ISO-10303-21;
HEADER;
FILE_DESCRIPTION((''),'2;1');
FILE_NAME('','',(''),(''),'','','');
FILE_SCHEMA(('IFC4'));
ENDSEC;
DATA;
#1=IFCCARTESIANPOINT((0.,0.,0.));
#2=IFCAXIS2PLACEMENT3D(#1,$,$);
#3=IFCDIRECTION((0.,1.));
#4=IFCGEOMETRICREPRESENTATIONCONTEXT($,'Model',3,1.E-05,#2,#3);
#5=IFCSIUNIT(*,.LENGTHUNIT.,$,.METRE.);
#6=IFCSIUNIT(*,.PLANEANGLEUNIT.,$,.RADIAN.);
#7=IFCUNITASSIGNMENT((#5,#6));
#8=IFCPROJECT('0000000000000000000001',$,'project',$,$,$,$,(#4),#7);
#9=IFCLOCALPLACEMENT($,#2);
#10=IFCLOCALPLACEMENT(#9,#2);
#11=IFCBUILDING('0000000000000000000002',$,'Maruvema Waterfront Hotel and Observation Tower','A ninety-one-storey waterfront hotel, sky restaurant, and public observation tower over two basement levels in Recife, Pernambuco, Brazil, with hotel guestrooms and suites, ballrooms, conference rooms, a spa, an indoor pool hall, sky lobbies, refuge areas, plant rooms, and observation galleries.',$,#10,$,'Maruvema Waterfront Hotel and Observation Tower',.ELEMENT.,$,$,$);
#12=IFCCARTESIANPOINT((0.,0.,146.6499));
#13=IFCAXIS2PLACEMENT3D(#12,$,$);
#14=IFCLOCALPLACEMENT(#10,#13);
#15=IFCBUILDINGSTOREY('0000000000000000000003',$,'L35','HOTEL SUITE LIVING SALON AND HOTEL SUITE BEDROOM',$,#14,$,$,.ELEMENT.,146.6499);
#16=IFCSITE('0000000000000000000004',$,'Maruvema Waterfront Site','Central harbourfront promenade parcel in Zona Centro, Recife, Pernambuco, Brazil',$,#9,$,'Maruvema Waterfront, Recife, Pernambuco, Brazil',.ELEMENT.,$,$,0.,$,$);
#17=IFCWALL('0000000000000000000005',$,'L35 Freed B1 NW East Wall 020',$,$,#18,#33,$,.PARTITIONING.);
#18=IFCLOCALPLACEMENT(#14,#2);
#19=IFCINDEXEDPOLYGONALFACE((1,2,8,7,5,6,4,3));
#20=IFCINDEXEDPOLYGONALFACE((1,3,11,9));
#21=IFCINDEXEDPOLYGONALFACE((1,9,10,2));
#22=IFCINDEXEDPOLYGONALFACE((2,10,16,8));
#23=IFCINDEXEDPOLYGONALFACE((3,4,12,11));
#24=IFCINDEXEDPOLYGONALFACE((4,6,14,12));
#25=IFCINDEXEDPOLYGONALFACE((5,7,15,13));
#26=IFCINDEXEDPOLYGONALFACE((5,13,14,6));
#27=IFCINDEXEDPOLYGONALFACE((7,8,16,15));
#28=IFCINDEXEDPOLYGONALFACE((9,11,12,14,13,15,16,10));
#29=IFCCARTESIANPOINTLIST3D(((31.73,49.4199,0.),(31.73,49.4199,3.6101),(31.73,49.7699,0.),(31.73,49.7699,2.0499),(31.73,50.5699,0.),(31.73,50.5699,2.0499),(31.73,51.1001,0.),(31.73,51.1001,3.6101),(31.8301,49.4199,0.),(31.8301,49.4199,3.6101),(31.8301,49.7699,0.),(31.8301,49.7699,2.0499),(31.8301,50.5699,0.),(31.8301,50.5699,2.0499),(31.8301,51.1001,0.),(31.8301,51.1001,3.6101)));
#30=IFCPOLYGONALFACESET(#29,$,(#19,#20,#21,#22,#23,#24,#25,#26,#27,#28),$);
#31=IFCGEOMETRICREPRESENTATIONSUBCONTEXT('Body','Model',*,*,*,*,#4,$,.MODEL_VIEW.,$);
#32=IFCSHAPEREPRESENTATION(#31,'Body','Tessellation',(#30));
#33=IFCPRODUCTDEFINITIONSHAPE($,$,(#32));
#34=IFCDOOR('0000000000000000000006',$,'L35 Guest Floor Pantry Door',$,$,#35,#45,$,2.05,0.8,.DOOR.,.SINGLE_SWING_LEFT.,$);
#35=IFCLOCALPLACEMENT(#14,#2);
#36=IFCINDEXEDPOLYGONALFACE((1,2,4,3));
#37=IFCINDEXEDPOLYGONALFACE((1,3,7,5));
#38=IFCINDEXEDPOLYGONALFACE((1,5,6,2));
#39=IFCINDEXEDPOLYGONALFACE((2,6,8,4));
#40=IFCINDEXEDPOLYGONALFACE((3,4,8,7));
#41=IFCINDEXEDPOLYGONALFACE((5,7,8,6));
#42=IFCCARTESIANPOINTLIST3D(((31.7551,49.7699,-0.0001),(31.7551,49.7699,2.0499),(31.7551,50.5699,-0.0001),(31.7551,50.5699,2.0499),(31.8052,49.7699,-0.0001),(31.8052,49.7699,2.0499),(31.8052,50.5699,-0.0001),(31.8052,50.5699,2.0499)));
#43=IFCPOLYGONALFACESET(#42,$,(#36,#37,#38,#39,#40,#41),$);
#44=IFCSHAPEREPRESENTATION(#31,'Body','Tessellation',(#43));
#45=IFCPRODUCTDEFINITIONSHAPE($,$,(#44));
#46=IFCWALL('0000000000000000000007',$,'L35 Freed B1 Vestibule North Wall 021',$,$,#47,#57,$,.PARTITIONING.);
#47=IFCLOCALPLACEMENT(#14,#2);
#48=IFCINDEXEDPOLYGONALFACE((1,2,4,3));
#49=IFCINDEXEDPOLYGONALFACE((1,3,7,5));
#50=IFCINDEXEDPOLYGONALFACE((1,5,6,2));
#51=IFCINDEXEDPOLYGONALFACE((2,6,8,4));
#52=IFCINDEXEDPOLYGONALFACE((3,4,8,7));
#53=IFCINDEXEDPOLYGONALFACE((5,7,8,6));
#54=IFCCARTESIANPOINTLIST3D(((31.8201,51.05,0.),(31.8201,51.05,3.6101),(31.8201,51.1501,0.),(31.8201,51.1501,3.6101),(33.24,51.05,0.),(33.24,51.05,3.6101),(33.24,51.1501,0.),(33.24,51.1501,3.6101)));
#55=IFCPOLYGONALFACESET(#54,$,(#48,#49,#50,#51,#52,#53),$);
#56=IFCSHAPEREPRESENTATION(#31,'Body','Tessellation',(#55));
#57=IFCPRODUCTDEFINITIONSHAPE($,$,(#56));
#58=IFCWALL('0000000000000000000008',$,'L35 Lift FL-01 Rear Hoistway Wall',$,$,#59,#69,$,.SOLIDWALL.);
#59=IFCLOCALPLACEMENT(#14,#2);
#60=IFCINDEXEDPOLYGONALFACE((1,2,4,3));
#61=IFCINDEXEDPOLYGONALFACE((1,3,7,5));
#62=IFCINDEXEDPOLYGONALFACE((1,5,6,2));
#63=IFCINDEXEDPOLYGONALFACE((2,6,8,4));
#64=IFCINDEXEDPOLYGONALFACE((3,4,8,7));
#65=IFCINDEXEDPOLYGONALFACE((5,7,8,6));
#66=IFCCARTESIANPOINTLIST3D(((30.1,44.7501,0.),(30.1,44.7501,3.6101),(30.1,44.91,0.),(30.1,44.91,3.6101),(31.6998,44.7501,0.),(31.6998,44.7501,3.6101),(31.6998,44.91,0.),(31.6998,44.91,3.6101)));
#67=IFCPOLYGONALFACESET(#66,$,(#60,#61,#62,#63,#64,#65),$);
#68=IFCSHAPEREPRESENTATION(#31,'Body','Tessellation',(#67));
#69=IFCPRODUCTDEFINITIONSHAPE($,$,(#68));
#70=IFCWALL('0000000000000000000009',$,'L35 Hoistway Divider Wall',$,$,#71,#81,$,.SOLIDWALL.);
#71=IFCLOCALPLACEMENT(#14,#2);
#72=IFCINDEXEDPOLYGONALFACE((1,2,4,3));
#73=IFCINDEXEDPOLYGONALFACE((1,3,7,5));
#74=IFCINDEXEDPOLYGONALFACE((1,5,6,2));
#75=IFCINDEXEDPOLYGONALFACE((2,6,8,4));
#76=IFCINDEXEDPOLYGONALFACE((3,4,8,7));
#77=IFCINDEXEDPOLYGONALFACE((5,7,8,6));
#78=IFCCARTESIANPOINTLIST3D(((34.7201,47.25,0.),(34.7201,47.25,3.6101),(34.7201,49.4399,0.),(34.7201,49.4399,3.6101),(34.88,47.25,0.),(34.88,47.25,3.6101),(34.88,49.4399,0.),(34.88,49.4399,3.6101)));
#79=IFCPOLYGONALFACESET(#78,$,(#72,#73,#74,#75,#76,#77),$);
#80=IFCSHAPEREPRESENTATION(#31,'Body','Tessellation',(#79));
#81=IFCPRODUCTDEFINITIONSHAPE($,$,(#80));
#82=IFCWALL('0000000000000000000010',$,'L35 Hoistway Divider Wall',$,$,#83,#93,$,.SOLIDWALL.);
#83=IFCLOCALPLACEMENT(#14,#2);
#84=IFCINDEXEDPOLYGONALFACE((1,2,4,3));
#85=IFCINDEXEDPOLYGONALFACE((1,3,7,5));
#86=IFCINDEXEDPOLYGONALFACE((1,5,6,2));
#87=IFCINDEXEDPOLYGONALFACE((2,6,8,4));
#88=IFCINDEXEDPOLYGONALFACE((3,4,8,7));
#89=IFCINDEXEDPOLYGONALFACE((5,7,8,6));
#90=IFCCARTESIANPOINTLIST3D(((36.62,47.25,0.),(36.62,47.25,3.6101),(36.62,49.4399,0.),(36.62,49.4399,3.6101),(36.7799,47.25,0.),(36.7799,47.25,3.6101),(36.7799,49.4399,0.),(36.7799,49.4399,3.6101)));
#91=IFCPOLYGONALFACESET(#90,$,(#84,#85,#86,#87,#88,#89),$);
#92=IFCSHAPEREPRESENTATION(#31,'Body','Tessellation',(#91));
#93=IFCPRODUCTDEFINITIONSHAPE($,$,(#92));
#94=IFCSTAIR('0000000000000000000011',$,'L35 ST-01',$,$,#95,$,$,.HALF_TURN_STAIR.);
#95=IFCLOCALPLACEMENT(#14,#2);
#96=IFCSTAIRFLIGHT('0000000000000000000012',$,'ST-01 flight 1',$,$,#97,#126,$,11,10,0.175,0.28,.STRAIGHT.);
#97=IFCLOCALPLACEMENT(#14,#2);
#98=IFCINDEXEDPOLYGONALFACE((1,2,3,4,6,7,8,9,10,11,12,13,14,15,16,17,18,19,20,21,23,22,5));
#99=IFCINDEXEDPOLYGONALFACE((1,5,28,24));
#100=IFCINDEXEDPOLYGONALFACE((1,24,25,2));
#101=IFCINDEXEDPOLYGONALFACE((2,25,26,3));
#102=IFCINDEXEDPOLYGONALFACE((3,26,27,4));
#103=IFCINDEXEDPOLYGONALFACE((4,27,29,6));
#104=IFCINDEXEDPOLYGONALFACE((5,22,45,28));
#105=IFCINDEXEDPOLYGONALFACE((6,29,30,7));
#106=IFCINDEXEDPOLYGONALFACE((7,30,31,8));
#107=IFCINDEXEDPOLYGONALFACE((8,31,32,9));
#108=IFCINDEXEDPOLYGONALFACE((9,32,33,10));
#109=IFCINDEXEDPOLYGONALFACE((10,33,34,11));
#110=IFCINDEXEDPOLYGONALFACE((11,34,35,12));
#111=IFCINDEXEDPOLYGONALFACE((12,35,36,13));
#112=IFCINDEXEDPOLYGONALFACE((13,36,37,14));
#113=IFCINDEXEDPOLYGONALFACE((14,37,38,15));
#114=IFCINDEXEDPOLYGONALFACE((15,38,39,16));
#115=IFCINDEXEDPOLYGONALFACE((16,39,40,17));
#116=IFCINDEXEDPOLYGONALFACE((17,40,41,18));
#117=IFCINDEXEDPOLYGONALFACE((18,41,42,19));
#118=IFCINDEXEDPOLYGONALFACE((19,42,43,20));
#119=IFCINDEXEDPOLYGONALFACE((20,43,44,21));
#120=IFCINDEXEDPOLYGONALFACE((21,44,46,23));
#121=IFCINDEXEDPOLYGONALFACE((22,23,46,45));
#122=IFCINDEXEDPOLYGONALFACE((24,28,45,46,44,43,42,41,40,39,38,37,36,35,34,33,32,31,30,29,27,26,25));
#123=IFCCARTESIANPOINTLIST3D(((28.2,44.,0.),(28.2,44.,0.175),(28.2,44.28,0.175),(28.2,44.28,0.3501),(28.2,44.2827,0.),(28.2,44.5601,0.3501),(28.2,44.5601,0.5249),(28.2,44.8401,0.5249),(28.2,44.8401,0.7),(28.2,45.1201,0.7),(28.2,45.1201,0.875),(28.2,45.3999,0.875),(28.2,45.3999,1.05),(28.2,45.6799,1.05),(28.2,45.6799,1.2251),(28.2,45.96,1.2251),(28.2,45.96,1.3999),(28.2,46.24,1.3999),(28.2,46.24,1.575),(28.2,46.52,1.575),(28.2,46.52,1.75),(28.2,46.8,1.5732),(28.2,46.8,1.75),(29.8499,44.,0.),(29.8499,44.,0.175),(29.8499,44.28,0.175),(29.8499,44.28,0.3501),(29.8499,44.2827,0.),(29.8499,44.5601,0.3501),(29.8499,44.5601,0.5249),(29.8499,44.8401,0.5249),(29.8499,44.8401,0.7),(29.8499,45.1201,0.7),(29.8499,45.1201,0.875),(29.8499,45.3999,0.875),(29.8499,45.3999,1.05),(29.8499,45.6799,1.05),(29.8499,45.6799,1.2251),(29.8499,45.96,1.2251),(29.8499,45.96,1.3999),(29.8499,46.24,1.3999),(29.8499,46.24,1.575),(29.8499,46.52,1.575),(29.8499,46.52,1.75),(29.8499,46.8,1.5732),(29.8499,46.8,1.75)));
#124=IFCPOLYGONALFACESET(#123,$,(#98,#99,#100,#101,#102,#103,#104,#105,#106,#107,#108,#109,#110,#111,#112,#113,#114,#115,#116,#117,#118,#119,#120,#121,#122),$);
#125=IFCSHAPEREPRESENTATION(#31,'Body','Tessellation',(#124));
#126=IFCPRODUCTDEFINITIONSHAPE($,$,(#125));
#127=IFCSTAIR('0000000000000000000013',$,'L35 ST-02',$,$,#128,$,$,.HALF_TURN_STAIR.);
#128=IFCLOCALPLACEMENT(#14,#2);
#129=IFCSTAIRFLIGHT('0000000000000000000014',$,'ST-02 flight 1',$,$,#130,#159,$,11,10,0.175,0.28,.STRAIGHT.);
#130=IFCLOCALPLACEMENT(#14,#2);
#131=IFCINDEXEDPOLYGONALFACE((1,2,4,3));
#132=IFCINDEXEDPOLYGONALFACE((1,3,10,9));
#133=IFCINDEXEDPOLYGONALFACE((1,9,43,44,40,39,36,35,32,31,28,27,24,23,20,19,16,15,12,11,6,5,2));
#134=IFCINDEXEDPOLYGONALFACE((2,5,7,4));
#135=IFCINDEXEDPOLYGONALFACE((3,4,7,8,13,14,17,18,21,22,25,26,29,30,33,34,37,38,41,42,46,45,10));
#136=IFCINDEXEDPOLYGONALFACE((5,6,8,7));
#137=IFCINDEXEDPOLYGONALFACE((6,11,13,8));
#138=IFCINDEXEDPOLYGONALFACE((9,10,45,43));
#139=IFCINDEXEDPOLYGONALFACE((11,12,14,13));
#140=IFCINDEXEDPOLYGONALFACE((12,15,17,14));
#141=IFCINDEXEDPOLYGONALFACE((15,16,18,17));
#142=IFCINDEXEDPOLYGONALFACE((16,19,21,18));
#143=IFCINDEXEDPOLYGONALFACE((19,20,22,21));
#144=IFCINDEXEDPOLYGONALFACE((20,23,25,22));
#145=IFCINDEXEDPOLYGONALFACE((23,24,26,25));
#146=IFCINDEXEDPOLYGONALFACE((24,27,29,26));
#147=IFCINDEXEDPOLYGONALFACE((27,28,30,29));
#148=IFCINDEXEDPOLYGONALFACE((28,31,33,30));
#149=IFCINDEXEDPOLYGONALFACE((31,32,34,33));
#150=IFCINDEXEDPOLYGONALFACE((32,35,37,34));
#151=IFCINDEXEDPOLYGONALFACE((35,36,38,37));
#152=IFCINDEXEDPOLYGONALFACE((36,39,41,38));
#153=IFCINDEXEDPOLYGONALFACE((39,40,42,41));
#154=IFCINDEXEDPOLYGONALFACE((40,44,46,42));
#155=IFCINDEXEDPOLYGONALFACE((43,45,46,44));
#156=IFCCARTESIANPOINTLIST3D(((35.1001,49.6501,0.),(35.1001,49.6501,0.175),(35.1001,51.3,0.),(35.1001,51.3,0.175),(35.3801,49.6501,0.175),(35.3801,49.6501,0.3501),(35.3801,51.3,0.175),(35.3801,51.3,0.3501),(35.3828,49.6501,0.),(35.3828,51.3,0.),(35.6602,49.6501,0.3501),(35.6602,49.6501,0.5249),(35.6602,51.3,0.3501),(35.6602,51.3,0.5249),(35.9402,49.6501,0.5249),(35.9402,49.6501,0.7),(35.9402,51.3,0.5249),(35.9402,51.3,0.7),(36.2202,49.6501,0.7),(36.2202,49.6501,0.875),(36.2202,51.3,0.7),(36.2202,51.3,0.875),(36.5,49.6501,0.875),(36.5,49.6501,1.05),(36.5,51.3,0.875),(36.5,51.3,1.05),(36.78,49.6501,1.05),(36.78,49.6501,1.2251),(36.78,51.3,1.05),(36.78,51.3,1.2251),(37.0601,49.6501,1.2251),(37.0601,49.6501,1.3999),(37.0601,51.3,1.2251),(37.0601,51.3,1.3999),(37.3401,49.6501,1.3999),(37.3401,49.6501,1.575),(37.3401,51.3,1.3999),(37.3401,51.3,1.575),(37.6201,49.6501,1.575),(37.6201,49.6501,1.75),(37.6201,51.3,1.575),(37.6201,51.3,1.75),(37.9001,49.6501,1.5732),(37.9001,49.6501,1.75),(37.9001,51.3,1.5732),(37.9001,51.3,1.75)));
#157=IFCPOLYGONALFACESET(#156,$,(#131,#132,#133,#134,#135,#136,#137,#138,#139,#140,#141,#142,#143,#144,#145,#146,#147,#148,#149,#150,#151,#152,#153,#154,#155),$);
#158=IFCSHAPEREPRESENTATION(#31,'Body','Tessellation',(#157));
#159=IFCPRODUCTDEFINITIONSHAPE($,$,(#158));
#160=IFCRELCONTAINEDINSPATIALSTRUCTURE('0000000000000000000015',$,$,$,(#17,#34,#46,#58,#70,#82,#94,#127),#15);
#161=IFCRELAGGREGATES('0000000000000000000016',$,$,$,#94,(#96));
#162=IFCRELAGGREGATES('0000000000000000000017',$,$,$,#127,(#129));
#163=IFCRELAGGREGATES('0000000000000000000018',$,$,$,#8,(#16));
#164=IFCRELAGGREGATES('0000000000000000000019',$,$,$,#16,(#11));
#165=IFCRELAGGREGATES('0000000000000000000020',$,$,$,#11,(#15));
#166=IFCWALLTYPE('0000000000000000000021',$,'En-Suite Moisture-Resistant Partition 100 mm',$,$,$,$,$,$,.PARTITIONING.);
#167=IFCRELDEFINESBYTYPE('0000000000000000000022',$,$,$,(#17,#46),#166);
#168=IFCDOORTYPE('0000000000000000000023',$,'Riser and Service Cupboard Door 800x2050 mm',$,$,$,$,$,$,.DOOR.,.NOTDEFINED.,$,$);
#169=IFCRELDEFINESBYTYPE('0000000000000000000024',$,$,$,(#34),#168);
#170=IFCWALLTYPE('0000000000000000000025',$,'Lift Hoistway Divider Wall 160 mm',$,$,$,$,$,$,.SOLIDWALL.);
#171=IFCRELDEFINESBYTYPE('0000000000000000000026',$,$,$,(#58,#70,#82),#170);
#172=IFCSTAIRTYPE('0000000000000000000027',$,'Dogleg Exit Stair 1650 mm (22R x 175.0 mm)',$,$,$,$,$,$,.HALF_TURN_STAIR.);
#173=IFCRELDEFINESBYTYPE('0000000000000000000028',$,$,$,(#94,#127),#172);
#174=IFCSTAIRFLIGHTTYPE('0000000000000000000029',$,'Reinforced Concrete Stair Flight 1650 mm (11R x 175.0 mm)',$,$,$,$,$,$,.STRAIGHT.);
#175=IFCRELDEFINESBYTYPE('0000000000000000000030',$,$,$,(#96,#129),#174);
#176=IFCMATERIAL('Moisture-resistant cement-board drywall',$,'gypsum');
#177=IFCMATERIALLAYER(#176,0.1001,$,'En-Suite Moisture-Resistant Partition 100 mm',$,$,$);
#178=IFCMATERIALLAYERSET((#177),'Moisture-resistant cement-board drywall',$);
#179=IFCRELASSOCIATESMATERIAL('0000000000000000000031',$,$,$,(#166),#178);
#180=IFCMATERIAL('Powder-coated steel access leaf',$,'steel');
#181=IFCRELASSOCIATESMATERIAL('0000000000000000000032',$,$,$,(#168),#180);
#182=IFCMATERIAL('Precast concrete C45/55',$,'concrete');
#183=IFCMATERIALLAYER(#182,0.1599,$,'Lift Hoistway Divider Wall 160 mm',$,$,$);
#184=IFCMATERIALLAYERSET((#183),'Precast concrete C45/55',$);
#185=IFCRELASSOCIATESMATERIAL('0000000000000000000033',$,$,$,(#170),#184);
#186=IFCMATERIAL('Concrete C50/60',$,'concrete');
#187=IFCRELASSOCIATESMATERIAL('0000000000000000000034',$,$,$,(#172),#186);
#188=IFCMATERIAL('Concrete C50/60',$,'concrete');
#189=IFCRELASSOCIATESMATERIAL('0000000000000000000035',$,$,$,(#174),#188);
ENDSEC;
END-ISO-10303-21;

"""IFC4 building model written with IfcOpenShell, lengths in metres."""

from ifc_helpers import new_model, si_unit, direction, frame, frame_2d, origin, place, context, subcontext, project, spatial, polyline, rectangle, outline, extrude, material, layer, layer_set, type_object, element, fill, aggregate, save


model = new_model("IFC4")

# Units and contexts
model_context = context("Model", 3, precision=1e-05, world=origin(), true_north=direction((0.0, 1.0)))
body_context = subcontext(model_context, "Body", "Model", "MODEL_VIEW")
ifc_project = project(units=[si_unit("LENGTHUNIT", "METRE"), si_unit("PLANEANGLEUNIT", "RADIAN")], contexts=[model_context])

# Site, building, storey
site_placement = place(None, origin())
site = spatial("IfcSite", under=ifc_project, at=site_placement, Name="Maruvema Waterfront Site", Description="Central harbourfront promenade parcel in Zona Centro, Recife, Pernambuco, Brazil", LongName="Maruvema Waterfront, Recife, Pernambuco, Brazil", CompositionType="ELEMENT", RefElevation=0.0)
building_placement = place(site_placement, origin())
building = spatial("IfcBuilding", under=site, at=building_placement, Name="Maruvema Waterfront Hotel and Observation Tower", Description="A ninety-one-storey waterfront hotel, sky restaurant, and public observation tower over two basement levels in Recife, Pernambuco, Brazil, with hotel guestrooms and suites, ballrooms, conference rooms, a spa, an indoor pool hall, sky lobbies, refuge areas, plant rooms, and observation galleries.", LongName="Maruvema Waterfront Hotel and Observation Tower", CompositionType="ELEMENT")
storey_placement = place(building_placement, frame((0.0, 0.0, 146.6499)))
storey = spatial("IfcBuildingStorey", under=building, at=storey_placement, Name="L35", Description="HOTEL SUITE LIVING SALON AND HOTEL SUITE BEDROOM", CompositionType="ELEMENT", Elevation=146.6499)

# Shared definitions
ifc_material_1 = material(Name="Moisture-resistant cement-board drywall", Category="gypsum")
ifc_layer_1 = layer(ifc_material_1, 0.1001, Name="En-Suite Moisture-Resistant Partition 100 mm")
ifc_layer_set_1 = layer_set([ifc_layer_1], Name="Moisture-resistant cement-board drywall")
wall_type_1 = type_object("IfcWallType", Name="En-Suite Moisture-Resistant Partition 100 mm", PredefinedType="PARTITIONING", material=ifc_layer_set_1)

# Shared definitions
ifc_material_2 = material(Name="Powder-coated steel access leaf", Category="steel")
door_type_1 = type_object("IfcDoorType", Name="Riser and Service Cupboard Door 800x2050 mm", OperationType="NOTDEFINED", PredefinedType="DOOR", material=ifc_material_2)

# Wall, opening, door
wall_1_placement = place(storey_placement, frame((31.78, 49.4199, 0.0), z_axis=(0.0, 0.0, 1.0), x_axis=(0.0, 1.0, 0.0)))
wall_1 = element("IfcWall", 1, at=wall_1_placement, inside=storey, type_object=wall_type_1, Name="L35 Freed B1 NW East Wall 020", PredefinedType="PARTITIONING", context=body_context, shape_type="SweptSolid", body=[
    extrude(rectangle(XDim=1.6802, YDim=0.1001, at=frame_2d((0.8401, 0.0))), origin(), (0.0, 0.0, 1.0), 3.6101),
])
opening_1_placement = place(wall_1_placement, frame((0.3501, 0.0, 0.0)))
opening_1 = element("IfcOpeningElement", 2, at=opening_1_placement, cuts=wall_1, PredefinedType="OPENING", context=body_context, shape_type="SweptSolid", body=[
    extrude(rectangle(XDim=0.8, YDim=2.05, at=frame_2d((0.3999, 1.0249))), frame((0.0, 0.0601, 0.0), z_axis=(0.0, -1.0, 0.0), x_axis=(1.0, 0.0, 0.0)), (0.0, 0.0, 1.0), 0.1201),
])
door_1_placement = place(opening_1_placement, origin())
door_1 = element("IfcDoor", 3, at=door_1_placement, inside=storey, type_object=door_type_1, Name="L35 Guest Floor Pantry Door", OperationType="SINGLE_SWING_LEFT", OverallHeight=2.05, OverallWidth=0.8, PredefinedType="DOOR", context=body_context, shape_type="SweptSolid", body=[
    extrude(rectangle(XDim=0.8, YDim=2.05, at=frame_2d((0.3999, 1.0249))), frame((0.0, 0.0249, 0.0), z_axis=(0.0, -1.0, 0.0), x_axis=(1.0, 0.0, 0.0)), (0.0, 0.0, 1.0), 0.05),
])
fill(opening_1, door_1)

# Walls
wall_2_placement = place(storey_placement, frame((31.8201, 51.1001, 0.0), z_axis=(0.0, 0.0, 1.0), x_axis=(1.0, 0.0, 0.0)))
element("IfcWall", 4, at=wall_2_placement, inside=storey, type_object=wall_type_1, Name="L35 Freed B1 Vestibule North Wall 021", PredefinedType="PARTITIONING", context=body_context, shape_type="SweptSolid", body=[
    extrude(rectangle(XDim=1.4199, YDim=0.1001, at=frame_2d((0.71, 0.0))), origin(), (0.0, 0.0, 1.0), 3.6101),
])
ifc_material_3 = material(Name="Precast concrete C45/55", Category="concrete")
ifc_layer_2 = layer(ifc_material_3, 0.1599, Name="Lift Hoistway Divider Wall 160 mm")
ifc_layer_set_2 = layer_set([ifc_layer_2], Name="Precast concrete C45/55")
wall_type_2 = type_object("IfcWallType", Name="Lift Hoistway Divider Wall 160 mm", PredefinedType="SOLIDWALL", material=ifc_layer_set_2)
wall_3_placement = place(storey_placement, frame((30.1001, 44.8301, 0.0), z_axis=(0.0, 0.0, 1.0), x_axis=(1.0, 0.0, 0.0)))
element("IfcWall", 5, at=wall_3_placement, inside=storey, type_object=wall_type_2, Name="L35 Lift FL-01 Rear Hoistway Wall", PredefinedType="SOLIDWALL", context=body_context, shape_type="SweptSolid", body=[
    extrude(rectangle(XDim=1.5999, YDim=0.1599, at=frame_2d((0.7998, 0.0))), origin(), (0.0, 0.0, 1.0), 3.6101),
])
for number, where, z_axis, x_axis, name in (
    (6, (34.8, 47.25, 0.0), (0.0, 0.0, 1.0), (0.0, 1.0, 0.0), "L35 Hoistway Divider Wall"),
    (7, (36.7, 47.25, 0.0), (0.0, 0.0, 1.0), (0.0, 1.0, 0.0), "L35 Hoistway Divider Wall"),
):
    element("IfcWall", number, at=place(storey_placement, frame(where, z_axis=z_axis, x_axis=x_axis)), inside=storey, type_object=wall_type_2, Name=name, PredefinedType="SOLIDWALL", context=body_context, shape_type="SweptSolid", body=[
        extrude(rectangle(XDim=2.1899, YDim=0.1599, at=frame_2d((1.095, 0.0))), origin(), (0.0, 0.0, 1.0), 3.6101),
    ])

# Stairs, stair flights
ifc_material_4 = material(Name="Concrete C50/60", Category="concrete")
stair_type = type_object("IfcStairType", Name="Dogleg Exit Stair 1650 mm (22R x 175.0 mm)", PredefinedType="HALF_TURN_STAIR", material=ifc_material_4)
stair_1_placement = place(storey_placement, origin())
stair_1 = element("IfcStair", 8, at=stair_1_placement, inside=storey, type_object=stair_type, Name="L35 ST-01", PredefinedType="HALF_TURN_STAIR")
ifc_material_5 = material(Name="Concrete C50/60", Category="concrete")
stair_flight_type = type_object("IfcStairFlightType", Name="Reinforced Concrete Stair Flight 1650 mm (11R x 175.0 mm)", PredefinedType="STRAIGHT", material=ifc_material_5)
stair_flight_1_placement = place(storey_placement, frame((29.0249, 44.0, 0.0), z_axis=(0.0, 0.0, 1.0), x_axis=(0.0, 1.0, 0.0)))
stair_flight_1 = element("IfcStairFlight", 9, at=stair_flight_1_placement, type_object=stair_flight_type, Name="ST-01 flight 1", NumberOfRisers=11, NumberOfTreads=10, PredefinedType="STRAIGHT", RiserHeight=0.175, TreadLength=0.28, context=body_context, shape_type="SweptSolid", body=[
    extrude(outline(polyline([(0.0, 0.0), (0.0, 0.175), (0.28, 0.175), (0.28, 0.3501), (0.5601, 0.3501), (0.5601, 0.5249), (0.8401, 0.5249), (0.8401, 0.7), (1.1201, 0.7), (1.1201, 0.875), (1.3999, 0.875), (1.3999, 1.05), (1.6799, 1.05), (1.6799, 1.2251), (1.96, 1.2251), (1.96, 1.3999), (2.24, 1.3999), (2.24, 1.575), (2.52, 1.575), (2.52, 1.75), (2.8, 1.75), (2.8, 1.925), (2.8, 1.5732), (0.2827, 0.0), (0.0, 0.0)])), frame((0.0, 0.825, 0.0), z_axis=(0.0, -1.0, 0.0), x_axis=(1.0, 0.0, 0.0)), (0.0, 0.0, 1.0), 1.6499),
])
aggregate(stair_1, [stair_flight_1])
stair_2_placement = place(storey_placement, origin())
stair_2 = element("IfcStair", 10, at=stair_2_placement, inside=storey, type_object=stair_type, Name="L35 ST-02", PredefinedType="HALF_TURN_STAIR")
stair_flight_2_placement = place(storey_placement, frame((35.1001, 50.4751, 0.0), z_axis=(0.0, 0.0, 1.0), x_axis=(1.0, 0.0, 0.0)))
stair_flight_2 = element("IfcStairFlight", 11, at=stair_flight_2_placement, type_object=stair_flight_type, Name="ST-02 flight 1", NumberOfRisers=11, NumberOfTreads=10, PredefinedType="STRAIGHT", RiserHeight=0.175, TreadLength=0.28, context=body_context, shape_type="SweptSolid", body=[
    extrude(outline(polyline([(0.0, 0.0), (0.0, 0.175), (0.28, 0.175), (0.28, 0.3501), (0.5601, 0.3501), (0.5601, 0.5249), (0.8401, 0.5249), (0.8401, 0.7), (1.1201, 0.7), (1.1201, 0.875), (1.3999, 0.875), (1.3999, 1.05), (1.6799, 1.05), (1.6799, 1.2251), (1.96, 1.2251), (1.96, 1.3999), (2.24, 1.3999), (2.24, 1.575), (2.52, 1.575), (2.52, 1.75), (2.8, 1.75), (2.8, 1.925), (2.8, 1.5732), (0.2827, 0.0), (0.0, 0.0)])), frame((0.0, 0.825, 0.0), z_axis=(0.0, -1.0, 0.0), x_axis=(1.0, 0.0, 0.0)), (0.0, 0.0, 1.0), 1.6499),
])
aggregate(stair_2, [stair_flight_2])

save(model, "model.ifc")
